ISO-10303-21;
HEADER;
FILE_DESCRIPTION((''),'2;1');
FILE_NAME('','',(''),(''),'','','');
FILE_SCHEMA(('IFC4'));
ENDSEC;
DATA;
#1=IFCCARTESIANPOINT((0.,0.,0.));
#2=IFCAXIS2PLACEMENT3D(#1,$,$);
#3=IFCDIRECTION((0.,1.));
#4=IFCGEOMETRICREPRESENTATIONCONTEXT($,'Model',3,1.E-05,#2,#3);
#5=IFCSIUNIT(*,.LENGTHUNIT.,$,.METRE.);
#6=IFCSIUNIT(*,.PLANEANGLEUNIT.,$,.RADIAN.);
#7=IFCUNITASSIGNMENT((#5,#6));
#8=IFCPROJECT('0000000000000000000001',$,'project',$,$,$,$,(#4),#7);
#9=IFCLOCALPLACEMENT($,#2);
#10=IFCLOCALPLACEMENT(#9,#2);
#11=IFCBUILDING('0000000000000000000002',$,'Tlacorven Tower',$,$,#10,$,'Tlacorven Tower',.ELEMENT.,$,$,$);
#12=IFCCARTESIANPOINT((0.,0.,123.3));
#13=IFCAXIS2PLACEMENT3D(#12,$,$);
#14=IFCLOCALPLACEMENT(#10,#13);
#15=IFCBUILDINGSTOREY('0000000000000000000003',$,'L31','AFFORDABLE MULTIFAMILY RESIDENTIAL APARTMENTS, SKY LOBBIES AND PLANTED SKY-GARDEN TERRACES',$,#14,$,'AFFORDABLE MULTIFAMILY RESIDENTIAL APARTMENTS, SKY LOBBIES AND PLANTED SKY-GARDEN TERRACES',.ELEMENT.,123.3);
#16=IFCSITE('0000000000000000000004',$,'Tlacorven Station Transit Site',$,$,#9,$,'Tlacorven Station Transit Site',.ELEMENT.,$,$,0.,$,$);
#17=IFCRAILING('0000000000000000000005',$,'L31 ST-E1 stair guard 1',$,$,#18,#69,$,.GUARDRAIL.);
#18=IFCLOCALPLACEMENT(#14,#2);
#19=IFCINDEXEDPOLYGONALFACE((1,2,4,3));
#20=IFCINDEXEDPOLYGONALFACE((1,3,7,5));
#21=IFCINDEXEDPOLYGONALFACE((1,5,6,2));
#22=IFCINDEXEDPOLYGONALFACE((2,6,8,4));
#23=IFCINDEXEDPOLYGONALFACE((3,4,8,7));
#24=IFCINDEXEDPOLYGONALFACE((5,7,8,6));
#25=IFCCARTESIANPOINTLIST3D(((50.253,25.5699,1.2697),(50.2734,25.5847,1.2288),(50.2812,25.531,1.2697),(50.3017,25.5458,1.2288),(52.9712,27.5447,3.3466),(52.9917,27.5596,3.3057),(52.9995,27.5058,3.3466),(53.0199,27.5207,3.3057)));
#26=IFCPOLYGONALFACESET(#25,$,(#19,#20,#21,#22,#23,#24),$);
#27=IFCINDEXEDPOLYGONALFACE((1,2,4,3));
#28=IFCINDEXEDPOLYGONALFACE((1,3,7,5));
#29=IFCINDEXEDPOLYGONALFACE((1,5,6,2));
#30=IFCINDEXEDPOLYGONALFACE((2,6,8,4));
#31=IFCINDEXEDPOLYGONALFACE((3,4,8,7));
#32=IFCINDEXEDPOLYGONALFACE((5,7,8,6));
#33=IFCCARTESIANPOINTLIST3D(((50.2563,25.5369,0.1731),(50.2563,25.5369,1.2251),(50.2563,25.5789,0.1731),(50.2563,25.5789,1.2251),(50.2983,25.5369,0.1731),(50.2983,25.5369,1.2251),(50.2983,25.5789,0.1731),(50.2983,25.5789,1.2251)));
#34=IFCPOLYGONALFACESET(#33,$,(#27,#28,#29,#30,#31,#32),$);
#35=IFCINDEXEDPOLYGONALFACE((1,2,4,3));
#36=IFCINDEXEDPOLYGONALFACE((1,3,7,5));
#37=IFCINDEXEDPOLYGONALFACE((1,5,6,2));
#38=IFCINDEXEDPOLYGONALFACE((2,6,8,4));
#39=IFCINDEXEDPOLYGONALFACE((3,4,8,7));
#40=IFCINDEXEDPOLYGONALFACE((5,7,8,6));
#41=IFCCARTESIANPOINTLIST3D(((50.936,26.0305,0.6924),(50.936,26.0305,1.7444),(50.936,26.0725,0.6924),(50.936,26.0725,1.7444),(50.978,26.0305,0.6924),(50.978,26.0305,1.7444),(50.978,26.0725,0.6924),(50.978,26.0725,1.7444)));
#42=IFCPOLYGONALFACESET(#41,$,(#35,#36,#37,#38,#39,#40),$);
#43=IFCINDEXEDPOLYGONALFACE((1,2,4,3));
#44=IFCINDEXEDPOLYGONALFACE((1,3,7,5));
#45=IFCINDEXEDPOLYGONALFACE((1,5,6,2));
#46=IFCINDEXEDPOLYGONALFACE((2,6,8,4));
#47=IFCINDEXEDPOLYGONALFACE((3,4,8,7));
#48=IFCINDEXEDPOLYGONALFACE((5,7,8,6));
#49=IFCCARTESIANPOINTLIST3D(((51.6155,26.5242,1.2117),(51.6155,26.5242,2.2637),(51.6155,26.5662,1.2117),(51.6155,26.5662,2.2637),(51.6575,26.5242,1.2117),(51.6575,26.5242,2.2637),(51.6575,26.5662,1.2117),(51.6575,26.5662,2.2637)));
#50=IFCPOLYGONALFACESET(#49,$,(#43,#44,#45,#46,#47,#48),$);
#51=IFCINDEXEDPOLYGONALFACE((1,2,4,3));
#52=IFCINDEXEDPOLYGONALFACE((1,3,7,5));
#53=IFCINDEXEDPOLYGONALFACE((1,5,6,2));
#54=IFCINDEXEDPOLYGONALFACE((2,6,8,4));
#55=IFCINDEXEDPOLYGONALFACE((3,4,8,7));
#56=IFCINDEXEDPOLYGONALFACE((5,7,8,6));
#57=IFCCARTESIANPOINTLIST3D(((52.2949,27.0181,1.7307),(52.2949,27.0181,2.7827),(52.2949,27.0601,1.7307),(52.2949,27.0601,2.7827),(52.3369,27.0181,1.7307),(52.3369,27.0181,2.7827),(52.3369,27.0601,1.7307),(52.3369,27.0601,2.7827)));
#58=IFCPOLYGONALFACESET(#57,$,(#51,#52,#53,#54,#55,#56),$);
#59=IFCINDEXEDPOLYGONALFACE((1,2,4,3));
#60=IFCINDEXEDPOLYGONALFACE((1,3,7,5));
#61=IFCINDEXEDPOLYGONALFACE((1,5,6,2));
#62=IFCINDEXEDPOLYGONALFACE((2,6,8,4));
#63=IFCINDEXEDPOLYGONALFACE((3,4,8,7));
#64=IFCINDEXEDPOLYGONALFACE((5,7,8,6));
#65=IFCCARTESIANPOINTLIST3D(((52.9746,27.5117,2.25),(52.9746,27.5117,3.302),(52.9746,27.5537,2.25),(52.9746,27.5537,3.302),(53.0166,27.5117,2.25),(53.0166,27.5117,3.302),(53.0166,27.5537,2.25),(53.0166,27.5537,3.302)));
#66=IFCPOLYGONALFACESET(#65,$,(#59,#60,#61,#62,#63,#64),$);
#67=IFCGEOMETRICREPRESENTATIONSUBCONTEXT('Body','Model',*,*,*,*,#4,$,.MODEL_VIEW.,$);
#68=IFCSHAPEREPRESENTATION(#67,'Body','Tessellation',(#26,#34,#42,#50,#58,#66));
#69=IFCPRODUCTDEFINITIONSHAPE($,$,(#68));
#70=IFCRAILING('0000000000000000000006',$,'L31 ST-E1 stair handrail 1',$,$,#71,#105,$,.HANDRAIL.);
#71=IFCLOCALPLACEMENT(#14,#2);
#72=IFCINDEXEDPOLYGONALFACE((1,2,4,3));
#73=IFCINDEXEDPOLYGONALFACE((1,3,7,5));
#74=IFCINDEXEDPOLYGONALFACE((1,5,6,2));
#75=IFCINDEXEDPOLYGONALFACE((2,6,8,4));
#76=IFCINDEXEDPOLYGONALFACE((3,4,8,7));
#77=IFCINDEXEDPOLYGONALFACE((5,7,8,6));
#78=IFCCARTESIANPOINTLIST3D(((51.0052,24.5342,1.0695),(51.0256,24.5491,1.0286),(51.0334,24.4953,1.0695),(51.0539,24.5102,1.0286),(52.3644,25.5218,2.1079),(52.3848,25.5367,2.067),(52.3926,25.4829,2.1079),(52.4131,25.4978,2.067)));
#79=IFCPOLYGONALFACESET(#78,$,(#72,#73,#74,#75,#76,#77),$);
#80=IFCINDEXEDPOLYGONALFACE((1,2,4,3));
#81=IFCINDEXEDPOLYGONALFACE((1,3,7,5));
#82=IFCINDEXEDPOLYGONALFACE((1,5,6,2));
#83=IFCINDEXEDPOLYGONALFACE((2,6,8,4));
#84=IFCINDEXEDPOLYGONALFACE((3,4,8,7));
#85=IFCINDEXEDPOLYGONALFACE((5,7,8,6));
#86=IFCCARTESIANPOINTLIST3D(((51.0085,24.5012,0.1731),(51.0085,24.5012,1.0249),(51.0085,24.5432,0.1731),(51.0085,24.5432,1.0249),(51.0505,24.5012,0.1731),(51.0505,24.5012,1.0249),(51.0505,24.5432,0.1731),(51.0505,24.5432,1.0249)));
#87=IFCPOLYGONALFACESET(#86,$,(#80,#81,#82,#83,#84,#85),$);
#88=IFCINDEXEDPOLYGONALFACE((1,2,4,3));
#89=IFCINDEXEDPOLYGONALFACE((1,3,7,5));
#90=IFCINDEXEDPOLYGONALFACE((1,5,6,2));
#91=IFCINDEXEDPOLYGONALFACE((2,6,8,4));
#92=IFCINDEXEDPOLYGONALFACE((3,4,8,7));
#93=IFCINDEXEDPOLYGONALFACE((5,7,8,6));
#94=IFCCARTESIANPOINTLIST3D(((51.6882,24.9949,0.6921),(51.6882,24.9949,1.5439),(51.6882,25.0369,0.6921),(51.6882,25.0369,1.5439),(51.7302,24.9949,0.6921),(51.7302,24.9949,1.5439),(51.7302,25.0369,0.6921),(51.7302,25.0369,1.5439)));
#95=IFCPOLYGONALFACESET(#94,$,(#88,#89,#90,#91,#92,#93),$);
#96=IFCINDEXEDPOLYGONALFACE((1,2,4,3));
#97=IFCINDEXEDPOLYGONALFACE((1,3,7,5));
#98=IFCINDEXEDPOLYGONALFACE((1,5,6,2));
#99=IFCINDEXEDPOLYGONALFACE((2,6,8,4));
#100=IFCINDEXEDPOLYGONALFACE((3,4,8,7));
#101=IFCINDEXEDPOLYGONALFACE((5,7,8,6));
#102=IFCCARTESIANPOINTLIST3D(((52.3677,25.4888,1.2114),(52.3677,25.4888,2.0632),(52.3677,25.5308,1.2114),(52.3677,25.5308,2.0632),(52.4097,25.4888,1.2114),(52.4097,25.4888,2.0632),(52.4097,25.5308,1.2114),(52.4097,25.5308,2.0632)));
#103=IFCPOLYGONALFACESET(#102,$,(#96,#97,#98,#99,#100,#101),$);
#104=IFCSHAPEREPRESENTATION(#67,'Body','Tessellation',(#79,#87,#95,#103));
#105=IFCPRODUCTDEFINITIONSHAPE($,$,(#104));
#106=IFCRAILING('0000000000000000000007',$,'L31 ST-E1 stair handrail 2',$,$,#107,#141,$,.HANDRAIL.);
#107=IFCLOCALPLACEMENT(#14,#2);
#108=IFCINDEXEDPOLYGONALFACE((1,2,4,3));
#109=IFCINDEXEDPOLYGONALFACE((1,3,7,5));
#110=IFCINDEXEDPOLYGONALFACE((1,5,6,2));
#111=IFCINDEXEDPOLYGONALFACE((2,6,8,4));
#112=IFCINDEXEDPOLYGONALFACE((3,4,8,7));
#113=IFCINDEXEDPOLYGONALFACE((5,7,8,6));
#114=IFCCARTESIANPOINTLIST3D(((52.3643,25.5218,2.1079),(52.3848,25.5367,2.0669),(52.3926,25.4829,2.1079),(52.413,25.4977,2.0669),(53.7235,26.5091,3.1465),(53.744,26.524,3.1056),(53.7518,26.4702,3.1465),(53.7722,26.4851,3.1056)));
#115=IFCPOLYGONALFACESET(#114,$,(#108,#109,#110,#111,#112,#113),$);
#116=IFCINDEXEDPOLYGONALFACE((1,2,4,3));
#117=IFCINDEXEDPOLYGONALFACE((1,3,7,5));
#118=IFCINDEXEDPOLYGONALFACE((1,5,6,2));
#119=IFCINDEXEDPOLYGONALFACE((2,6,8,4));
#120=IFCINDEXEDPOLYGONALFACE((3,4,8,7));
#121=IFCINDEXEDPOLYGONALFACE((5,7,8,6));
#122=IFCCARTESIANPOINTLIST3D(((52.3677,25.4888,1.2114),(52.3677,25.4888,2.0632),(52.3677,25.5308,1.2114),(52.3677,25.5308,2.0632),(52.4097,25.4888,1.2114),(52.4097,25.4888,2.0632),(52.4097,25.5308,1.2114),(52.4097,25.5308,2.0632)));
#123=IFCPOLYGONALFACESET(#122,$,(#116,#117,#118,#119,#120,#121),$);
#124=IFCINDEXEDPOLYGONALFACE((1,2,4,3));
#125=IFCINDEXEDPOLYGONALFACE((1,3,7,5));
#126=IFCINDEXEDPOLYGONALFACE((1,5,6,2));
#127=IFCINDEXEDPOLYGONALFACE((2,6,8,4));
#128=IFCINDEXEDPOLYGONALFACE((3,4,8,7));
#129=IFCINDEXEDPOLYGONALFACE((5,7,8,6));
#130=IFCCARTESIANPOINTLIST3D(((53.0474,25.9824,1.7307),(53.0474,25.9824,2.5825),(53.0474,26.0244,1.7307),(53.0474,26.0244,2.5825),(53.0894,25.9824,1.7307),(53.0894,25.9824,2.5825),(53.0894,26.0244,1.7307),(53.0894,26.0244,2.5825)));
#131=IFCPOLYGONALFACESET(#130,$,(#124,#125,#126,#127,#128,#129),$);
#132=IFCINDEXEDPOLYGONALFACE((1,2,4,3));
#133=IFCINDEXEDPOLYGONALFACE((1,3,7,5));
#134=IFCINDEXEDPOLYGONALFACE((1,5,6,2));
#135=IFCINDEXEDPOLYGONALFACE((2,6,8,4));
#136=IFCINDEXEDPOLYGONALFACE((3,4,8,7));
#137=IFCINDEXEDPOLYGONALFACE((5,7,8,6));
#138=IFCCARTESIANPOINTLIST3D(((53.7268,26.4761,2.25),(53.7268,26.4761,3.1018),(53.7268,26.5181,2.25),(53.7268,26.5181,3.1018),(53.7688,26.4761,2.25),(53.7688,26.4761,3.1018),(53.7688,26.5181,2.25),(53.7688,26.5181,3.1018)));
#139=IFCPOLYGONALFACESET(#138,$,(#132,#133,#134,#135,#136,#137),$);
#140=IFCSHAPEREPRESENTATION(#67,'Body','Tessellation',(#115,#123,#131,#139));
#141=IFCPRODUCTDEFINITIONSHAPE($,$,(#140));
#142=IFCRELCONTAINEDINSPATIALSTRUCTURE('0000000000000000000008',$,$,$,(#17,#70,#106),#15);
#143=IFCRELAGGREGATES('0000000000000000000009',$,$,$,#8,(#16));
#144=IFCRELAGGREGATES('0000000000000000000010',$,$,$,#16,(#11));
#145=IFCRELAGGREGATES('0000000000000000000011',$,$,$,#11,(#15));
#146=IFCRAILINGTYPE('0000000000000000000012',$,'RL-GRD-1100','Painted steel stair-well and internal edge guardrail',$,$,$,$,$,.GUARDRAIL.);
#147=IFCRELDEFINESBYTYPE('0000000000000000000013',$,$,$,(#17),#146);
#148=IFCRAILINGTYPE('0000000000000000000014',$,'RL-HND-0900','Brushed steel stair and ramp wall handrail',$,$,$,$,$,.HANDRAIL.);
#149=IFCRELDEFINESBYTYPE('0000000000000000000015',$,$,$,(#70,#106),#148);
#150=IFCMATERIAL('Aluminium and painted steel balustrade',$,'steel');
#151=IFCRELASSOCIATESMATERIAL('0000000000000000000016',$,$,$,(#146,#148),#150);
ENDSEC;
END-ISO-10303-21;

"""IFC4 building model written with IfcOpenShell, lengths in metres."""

from ifc_helpers import new_model, si_unit, direction, frame, origin, origin_2d, place, context, subcontext, project, spatial, rectangle, extrude, source, transform, mapped, material, type_object, element, save


model = new_model("IFC4")

# Units and contexts
model_context = context("Model", 3, precision=1e-05, world=origin(), true_north=direction((0.0, 1.0)))
body_context = subcontext(model_context, "Body", "Model", "MODEL_VIEW")
ifc_project = project(units=[si_unit("LENGTHUNIT", "METRE"), si_unit("PLANEANGLEUNIT", "RADIAN")], contexts=[model_context])

# Site, building, storey
site_placement = place(None, origin())
site = spatial("IfcSite", under=ifc_project, at=site_placement, Name="Tlacorven Station Transit Site", LongName="Tlacorven Station Transit Site", CompositionType="ELEMENT", RefElevation=0.0)
building_placement = place(site_placement, origin())
building = spatial("IfcBuilding", under=site, at=building_placement, Name="Tlacorven Tower", LongName="Tlacorven Tower", CompositionType="ELEMENT")
storey_placement = place(building_placement, frame((0.0, 0.0, 123.3)))
storey = spatial("IfcBuildingStorey", under=building, at=storey_placement, Name="L31", Description="AFFORDABLE MULTIFAMILY RESIDENTIAL APARTMENTS, SKY LOBBIES AND PLANTED SKY-GARDEN TERRACES", LongName="AFFORDABLE MULTIFAMILY RESIDENTIAL APARTMENTS, SKY LOBBIES AND PLANTED SKY-GARDEN TERRACES", CompositionType="ELEMENT", Elevation=123.3)

# Railings
ifc_material_1 = material(Name="Aluminium and painted steel balustrade", Category="steel")
railing_type_1 = type_object("IfcRailingType", Name="RL-GRD-1100", Description="Painted steel stair-well and internal edge guardrail", PredefinedType="GUARDRAIL", material=ifc_material_1)
shared_shape_1 = source(origin(), body_context, "Body", "SweptSolid", [
    extrude(rectangle(XDim=0.0481, YDim=0.0481, at=origin_2d()), frame((0.0, 0.0, 1.0762), z_axis=(0.688167, 0.499963, 0.525798), x_axis=(-0.58777, 0.809028, 0.0)), (0.0, 0.0, 1.0), 3.95),
    extrude(rectangle(XDim=0.042, YDim=0.042, at=origin_2d()), origin(), (0.0, 0.0, 1.0), 1.052),
    extrude(rectangle(XDim=0.042, YDim=0.042, at=origin_2d()), frame((0.6797, 0.4937, 0.5193)), (0.0, 0.0, 1.0), 1.052),
    extrude(rectangle(XDim=0.042, YDim=0.042, at=origin_2d()), frame((1.3591, 0.9873, 1.0386)), (0.0, 0.0, 1.0), 1.052),
    extrude(rectangle(XDim=0.042, YDim=0.042, at=origin_2d()), frame((2.0386, 1.4812, 1.5576)), (0.0, 0.0, 1.0), 1.052),
    extrude(rectangle(XDim=0.042, YDim=0.042, at=origin_2d()), frame((2.7183, 1.9749, 2.0769)), (0.0, 0.0, 1.0), 1.052),
])
railing_1_placement = place(storey_placement, frame((50.2773, 25.5579, 0.1731)))
element("IfcRailing", 1, at=railing_1_placement, inside=storey, type_object=railing_type_1, Name="L31 ST-E1 stair guard 1", PredefinedType="GUARDRAIL", context=body_context, shape_type="MappedRepresentation", body=[
    mapped(shared_shape_1, transform((0.0, 0.0, 0.0), scale=1.0)),
])
railing_type_2 = type_object("IfcRailingType", Name="RL-HND-0900", Description="Brushed steel stair and ramp wall handrail", PredefinedType="HANDRAIL", material=ifc_material_1)
shared_shape_2 = source(origin(), body_context, "Body", "SweptSolid", [
    extrude(rectangle(XDim=0.0481, YDim=0.0481, at=origin_2d()), frame((0.0, 0.0, 0.876), z_axis=(0.688168, 0.500025, 0.525737), x_axis=(-0.587817, 0.808994, 0.0)), (0.0, 0.0, 1.0), 1.9751),
    extrude(rectangle(XDim=0.042, YDim=0.042, at=origin_2d()), origin(), (0.0, 0.0, 1.0), 0.8518),
    extrude(rectangle(XDim=0.042, YDim=0.042, at=origin_2d()), frame((0.6797, 0.4937, 0.519)), (0.0, 0.0, 1.0), 0.8518),
    extrude(rectangle(XDim=0.042, YDim=0.042, at=origin_2d()), frame((1.3591, 0.9875, 1.0383)), (0.0, 0.0, 1.0), 0.8518),
])
railing_2_placement = place(storey_placement, frame((51.0295, 24.5222, 0.1731)))
element("IfcRailing", 2, at=railing_2_placement, inside=storey, type_object=railing_type_2, Name="L31 ST-E1 stair handrail 1", PredefinedType="HANDRAIL", context=body_context, shape_type="MappedRepresentation", body=[
    mapped(shared_shape_2, transform((0.0, 0.0, 0.0), scale=1.0)),
])
shared_shape_3 = source(origin(), body_context, "Body", "SweptSolid", [
    extrude(rectangle(XDim=0.0481, YDim=0.0481, at=origin_2d()), frame((0.0, 0.0, 0.876), z_axis=(0.688166, 0.4999, 0.525859), x_axis=(-0.587722, 0.809063, 0.0)), (0.0, 0.0, 1.0), 1.9751),
    extrude(rectangle(XDim=0.042, YDim=0.042, at=origin_2d()), origin(), (0.0, 0.0, 1.0), 0.8518),
    extrude(rectangle(XDim=0.042, YDim=0.042, at=origin_2d()), frame((0.6797, 0.4937, 0.5193)), (0.0, 0.0, 1.0), 0.8518),
    extrude(rectangle(XDim=0.042, YDim=0.042, at=origin_2d()), frame((1.3591, 0.9873, 1.0386)), (0.0, 0.0, 1.0), 0.8518),
])
railing_3_placement = place(storey_placement, frame((52.3887, 25.5098, 1.2114)))
element("IfcRailing", 3, at=railing_3_placement, inside=storey, type_object=railing_type_2, Name="L31 ST-E1 stair handrail 2", PredefinedType="HANDRAIL", context=body_context, shape_type="MappedRepresentation", body=[
    mapped(shared_shape_3, transform((0.0, 0.0, 0.0), scale=1.0)),
])

save(model, "model.ifc")
